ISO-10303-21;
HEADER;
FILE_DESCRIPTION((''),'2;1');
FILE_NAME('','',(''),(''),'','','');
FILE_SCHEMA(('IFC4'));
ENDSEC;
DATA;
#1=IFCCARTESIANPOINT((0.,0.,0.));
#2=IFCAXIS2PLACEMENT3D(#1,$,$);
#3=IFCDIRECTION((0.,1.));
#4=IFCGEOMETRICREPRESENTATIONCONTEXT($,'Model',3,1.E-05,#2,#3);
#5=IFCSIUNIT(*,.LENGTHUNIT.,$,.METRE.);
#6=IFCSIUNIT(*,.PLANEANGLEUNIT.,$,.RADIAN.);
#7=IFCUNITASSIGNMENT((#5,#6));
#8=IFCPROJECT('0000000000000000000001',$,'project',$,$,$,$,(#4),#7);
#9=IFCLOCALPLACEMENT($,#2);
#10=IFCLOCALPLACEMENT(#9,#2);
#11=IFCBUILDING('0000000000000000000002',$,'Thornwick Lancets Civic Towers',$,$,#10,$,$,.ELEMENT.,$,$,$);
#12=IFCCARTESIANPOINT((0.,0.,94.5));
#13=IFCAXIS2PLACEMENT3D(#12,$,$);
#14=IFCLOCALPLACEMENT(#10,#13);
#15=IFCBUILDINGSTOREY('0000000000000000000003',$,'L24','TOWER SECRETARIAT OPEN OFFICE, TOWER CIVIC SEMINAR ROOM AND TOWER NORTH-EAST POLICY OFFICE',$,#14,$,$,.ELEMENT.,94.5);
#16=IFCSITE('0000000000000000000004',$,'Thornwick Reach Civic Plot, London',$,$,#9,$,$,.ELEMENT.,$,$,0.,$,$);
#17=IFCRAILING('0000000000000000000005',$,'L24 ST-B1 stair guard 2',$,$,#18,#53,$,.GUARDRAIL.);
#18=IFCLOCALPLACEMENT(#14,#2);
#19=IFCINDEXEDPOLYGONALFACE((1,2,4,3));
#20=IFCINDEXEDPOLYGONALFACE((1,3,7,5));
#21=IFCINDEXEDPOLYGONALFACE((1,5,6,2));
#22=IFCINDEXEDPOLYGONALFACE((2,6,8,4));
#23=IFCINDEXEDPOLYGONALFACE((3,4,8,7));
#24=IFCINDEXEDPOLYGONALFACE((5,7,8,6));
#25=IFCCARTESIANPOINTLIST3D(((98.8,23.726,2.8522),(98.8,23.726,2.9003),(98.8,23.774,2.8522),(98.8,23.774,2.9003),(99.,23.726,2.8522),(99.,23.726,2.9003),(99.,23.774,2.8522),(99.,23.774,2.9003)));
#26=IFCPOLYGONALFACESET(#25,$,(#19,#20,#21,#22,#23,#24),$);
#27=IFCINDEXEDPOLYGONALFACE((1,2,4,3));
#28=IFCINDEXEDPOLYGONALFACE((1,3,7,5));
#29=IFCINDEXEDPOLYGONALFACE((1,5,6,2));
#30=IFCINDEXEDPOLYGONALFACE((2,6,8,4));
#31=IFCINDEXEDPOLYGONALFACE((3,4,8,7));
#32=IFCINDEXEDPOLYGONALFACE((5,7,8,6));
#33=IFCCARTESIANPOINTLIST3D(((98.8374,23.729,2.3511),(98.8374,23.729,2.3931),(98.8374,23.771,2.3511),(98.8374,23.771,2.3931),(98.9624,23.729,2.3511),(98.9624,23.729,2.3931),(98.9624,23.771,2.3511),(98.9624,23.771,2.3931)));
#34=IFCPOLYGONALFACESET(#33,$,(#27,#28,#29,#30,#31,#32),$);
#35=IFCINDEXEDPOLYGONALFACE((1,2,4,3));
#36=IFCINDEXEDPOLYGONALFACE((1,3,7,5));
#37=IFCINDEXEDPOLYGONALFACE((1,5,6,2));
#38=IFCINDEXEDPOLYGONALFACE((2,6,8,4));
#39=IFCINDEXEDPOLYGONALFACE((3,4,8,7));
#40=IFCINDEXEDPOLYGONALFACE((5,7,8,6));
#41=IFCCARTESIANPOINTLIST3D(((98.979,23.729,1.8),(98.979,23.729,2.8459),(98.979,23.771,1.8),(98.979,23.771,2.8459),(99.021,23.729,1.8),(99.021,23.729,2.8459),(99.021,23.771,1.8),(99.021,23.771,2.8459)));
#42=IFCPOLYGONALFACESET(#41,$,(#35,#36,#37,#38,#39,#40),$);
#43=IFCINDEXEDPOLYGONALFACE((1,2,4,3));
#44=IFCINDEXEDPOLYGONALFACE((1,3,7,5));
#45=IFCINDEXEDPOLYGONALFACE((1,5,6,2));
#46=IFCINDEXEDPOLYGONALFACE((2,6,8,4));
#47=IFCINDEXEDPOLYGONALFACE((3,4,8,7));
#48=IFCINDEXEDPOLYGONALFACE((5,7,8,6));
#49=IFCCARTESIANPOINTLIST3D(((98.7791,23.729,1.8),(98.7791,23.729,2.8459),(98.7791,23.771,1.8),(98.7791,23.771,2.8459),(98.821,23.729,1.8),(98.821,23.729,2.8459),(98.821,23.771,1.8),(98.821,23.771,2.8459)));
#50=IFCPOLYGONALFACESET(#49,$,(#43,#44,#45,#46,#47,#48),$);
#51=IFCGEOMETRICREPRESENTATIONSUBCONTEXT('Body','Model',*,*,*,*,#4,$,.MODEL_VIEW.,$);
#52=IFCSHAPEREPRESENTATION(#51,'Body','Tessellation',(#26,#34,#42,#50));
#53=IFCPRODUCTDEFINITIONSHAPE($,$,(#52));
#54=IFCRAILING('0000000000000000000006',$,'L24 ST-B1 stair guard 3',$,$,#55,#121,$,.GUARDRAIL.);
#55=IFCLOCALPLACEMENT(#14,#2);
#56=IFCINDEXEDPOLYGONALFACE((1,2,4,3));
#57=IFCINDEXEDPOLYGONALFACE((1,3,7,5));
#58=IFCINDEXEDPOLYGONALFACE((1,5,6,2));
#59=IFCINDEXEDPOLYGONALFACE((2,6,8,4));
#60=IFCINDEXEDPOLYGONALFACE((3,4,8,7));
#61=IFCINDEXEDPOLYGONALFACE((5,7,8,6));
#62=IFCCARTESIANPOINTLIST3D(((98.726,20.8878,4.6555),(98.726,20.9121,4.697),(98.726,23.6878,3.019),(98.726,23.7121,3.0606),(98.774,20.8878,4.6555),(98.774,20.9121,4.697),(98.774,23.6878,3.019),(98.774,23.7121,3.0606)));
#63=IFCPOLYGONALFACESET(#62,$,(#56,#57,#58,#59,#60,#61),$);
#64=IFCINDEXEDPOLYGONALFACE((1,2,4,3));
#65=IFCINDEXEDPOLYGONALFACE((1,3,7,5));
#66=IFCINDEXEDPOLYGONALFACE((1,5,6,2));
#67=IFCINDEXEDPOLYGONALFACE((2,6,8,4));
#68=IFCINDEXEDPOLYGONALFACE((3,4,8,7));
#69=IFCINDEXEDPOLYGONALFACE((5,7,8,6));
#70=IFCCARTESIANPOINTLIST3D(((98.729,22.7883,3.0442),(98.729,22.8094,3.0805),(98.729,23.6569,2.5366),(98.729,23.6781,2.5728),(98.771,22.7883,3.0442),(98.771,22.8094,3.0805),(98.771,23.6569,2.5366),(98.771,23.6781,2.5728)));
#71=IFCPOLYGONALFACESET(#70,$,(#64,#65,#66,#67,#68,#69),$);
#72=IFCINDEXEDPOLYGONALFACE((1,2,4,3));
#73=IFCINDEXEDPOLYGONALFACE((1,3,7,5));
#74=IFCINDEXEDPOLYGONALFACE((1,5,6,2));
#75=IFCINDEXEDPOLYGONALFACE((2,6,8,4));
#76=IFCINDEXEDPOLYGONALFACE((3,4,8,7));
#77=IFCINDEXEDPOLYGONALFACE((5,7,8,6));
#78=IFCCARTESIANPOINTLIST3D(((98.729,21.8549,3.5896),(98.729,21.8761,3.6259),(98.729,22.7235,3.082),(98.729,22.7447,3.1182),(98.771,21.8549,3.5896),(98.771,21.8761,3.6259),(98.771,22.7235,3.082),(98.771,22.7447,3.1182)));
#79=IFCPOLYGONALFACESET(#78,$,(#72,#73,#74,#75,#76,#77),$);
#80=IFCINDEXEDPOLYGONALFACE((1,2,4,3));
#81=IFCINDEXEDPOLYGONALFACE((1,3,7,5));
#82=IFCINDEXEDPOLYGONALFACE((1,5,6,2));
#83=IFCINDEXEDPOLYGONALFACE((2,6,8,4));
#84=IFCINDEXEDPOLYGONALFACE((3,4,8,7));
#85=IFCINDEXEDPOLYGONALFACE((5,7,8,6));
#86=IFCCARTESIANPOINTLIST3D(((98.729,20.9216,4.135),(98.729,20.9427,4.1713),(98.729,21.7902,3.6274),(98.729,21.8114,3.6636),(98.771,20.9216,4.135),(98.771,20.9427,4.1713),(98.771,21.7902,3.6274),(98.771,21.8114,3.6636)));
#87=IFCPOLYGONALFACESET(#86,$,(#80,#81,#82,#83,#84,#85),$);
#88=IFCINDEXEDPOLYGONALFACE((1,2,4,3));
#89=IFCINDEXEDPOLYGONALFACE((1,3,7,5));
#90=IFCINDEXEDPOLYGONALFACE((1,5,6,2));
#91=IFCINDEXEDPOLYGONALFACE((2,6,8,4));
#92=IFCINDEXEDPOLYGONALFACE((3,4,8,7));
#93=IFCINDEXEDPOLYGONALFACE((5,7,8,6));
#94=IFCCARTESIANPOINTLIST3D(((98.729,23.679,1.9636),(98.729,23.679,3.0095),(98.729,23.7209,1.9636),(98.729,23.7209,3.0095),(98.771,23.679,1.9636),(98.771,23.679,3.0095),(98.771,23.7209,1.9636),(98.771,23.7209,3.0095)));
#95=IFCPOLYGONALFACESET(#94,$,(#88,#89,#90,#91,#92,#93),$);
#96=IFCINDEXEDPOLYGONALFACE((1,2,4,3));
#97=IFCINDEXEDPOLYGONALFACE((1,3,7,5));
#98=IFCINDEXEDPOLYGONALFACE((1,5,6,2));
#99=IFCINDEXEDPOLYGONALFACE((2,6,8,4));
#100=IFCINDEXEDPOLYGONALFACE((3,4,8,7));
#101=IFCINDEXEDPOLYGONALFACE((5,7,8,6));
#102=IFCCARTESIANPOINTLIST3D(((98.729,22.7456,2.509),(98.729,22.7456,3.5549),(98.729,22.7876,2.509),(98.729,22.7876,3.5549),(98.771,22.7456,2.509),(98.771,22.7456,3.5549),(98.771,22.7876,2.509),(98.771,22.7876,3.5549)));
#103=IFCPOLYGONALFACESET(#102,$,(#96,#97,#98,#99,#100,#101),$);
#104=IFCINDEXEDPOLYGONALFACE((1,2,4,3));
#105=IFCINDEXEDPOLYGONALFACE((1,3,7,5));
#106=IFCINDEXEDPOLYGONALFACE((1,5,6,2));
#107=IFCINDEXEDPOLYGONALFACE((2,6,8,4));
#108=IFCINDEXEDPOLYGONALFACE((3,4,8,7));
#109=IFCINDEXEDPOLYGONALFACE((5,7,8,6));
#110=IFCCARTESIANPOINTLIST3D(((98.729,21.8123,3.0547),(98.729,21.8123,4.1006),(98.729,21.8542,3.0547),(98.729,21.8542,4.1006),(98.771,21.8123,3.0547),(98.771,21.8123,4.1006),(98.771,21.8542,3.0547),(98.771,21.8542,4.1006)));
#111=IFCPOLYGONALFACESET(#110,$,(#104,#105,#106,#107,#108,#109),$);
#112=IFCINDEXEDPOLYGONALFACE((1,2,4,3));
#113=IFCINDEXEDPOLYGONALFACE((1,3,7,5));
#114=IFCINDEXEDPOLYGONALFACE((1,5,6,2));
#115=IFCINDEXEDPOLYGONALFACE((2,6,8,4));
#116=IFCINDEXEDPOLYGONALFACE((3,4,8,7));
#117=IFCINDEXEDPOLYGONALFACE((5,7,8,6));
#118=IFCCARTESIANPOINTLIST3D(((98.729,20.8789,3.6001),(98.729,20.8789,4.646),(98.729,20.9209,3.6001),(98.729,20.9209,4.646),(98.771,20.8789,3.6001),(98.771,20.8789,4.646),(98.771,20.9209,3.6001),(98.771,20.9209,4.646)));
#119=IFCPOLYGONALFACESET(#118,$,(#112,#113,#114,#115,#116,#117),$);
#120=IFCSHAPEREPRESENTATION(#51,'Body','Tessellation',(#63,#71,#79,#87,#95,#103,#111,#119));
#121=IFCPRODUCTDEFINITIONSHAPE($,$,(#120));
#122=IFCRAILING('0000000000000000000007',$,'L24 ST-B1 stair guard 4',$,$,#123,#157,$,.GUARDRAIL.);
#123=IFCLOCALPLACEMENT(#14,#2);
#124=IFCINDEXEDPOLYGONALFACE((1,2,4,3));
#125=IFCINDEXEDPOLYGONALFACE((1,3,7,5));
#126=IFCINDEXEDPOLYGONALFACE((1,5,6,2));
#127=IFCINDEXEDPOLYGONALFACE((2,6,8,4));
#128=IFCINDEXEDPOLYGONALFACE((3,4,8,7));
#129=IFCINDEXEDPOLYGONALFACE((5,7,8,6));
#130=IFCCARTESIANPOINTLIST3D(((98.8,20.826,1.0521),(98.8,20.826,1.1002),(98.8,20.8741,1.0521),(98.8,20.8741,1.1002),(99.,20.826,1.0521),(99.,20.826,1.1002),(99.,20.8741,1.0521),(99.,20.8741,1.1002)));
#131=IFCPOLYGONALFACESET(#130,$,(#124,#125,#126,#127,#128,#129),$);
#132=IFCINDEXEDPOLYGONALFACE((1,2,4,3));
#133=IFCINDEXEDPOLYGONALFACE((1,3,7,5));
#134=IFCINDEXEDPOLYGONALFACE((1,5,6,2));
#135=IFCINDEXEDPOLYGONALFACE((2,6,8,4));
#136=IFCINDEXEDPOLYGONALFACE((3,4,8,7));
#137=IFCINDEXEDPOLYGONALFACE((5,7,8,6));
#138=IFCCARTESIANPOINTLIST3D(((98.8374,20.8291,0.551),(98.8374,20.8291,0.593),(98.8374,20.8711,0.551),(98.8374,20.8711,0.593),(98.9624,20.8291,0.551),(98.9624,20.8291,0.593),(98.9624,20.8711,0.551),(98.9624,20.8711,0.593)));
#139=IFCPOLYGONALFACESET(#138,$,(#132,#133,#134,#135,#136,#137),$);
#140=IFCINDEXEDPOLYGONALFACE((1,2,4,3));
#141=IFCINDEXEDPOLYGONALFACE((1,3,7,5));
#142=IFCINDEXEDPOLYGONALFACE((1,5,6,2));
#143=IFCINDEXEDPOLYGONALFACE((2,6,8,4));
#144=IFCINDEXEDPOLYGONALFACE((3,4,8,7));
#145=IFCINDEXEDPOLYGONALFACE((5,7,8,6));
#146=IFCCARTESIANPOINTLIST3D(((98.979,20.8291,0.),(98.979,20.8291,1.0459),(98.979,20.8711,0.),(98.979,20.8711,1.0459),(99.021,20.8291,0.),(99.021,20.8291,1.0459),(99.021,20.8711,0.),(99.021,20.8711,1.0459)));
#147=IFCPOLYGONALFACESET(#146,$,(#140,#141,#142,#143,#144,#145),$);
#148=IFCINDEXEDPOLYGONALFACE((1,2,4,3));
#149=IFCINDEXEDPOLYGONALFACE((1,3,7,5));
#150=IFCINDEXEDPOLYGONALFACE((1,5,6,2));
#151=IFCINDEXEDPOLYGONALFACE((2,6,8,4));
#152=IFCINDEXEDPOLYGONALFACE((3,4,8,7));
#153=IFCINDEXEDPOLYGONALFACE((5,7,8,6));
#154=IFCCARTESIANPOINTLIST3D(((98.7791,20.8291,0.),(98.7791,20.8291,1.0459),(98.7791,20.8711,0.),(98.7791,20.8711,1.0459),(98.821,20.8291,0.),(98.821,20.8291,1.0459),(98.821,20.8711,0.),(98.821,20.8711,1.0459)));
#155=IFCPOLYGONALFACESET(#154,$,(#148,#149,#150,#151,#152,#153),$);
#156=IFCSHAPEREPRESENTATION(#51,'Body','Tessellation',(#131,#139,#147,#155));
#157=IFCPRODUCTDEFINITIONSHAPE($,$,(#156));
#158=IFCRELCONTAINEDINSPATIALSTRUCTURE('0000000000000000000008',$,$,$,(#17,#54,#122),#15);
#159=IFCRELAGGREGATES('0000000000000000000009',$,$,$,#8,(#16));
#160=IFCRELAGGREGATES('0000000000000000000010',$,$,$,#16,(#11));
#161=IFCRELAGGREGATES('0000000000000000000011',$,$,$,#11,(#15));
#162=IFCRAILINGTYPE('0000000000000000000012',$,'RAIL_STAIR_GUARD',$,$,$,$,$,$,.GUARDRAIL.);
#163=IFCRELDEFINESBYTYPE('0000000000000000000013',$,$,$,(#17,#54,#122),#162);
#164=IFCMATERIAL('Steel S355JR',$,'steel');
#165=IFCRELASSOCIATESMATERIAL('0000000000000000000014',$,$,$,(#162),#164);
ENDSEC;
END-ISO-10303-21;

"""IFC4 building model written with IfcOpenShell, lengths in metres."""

from ifc_helpers import new_model, si_unit, direction, frame, origin, origin_2d, place, context, subcontext, project, spatial, rectangle, extrude, material, type_object, element, save


model = new_model("IFC4")

# Units and contexts
model_context = context("Model", 3, precision=1e-05, world=origin(), true_north=direction((0.0, 1.0)))
body_context = subcontext(model_context, "Body", "Model", "MODEL_VIEW")
ifc_project = project(units=[si_unit("LENGTHUNIT", "METRE"), si_unit("PLANEANGLEUNIT", "RADIAN")], contexts=[model_context])

# Site, building, storey
site_placement = place(None, origin())
site = spatial("IfcSite", under=ifc_project, at=site_placement, Name="Thornwick Reach Civic Plot, London", CompositionType="ELEMENT", RefElevation=0.0)
building_placement = place(site_placement, origin())
building = spatial("IfcBuilding", under=site, at=building_placement, Name="Thornwick Lancets Civic Towers", CompositionType="ELEMENT")
storey_placement = place(building_placement, frame((0.0, 0.0, 94.5)))
storey = spatial("IfcBuildingStorey", under=building, at=storey_placement, Name="L24", Description="TOWER SECRETARIAT OPEN OFFICE, TOWER CIVIC SEMINAR ROOM AND TOWER NORTH-EAST POLICY OFFICE", CompositionType="ELEMENT", Elevation=94.5)

# Railings
ifc_material_1 = material(Name="Steel S355JR", Category="steel")
railing_type_1 = type_object("IfcRailingType", Name="RAIL_STAIR_GUARD", PredefinedType="GUARDRAIL", material=ifc_material_1)
railing_1_placement = place(storey_placement, frame((99.0, 23.75, 1.8)))
element("IfcRailing", 1, at=railing_1_placement, inside=storey, type_object=railing_type_1, Name="L24 ST-B1 stair guard 2", PredefinedType="GUARDRAIL", context=body_context, shape_type="SweptSolid", body=[
    extrude(rectangle(XDim=0.0481, YDim=0.0481, at=origin_2d()), frame((0.0, 0.0, 1.0762), z_axis=(-1.0, 0.0, 0.0), x_axis=(0.0, -1.0, 0.0)), (0.0, 0.0, 1.0), 0.2),
    extrude(rectangle(XDim=0.042, YDim=0.042, at=origin_2d()), frame((-0.0376, 0.0, 0.572), z_axis=(-1.0, 0.0, 0.0), x_axis=(0.0, -1.0, 0.0)), (0.0, 0.0, 1.0), 0.125),
    extrude(rectangle(XDim=0.042, YDim=0.042, at=origin_2d()), origin(), (0.0, 0.0, 1.0), 1.0459),
    extrude(rectangle(XDim=0.042, YDim=0.042, at=origin_2d()), frame((-0.2, 0.0, 0.0)), (0.0, 0.0, 1.0), 1.0459),
])
railing_2_placement = place(storey_placement, frame((98.75, 23.7, 1.9636)))
element("IfcRailing", 2, at=railing_2_placement, inside=storey, type_object=railing_type_1, Name="L24 ST-B1 stair guard 3", PredefinedType="GUARDRAIL", context=body_context, shape_type="SweptSolid", body=[
    extrude(rectangle(XDim=0.0481, YDim=0.0481, at=origin_2d()), frame((0.0, 0.0, 1.0762), z_axis=(0.0, -0.863361, 0.504587), x_axis=(1.0, 0.0, 0.0)), (0.0, 0.0, 1.0), 3.2432),
    extrude(rectangle(XDim=0.042, YDim=0.042, at=origin_2d()), frame((0.0, -0.0325, 0.5911), z_axis=(0.0, -0.863361, 0.504587), x_axis=(1.0, 0.0, 0.0)), (0.0, 0.0, 1.0), 1.0061),
    extrude(rectangle(XDim=0.042, YDim=0.042, at=origin_2d()), frame((0.0, -0.9658, 1.1365), z_axis=(0.0, -0.863361, 0.504587), x_axis=(1.0, 0.0, 0.0)), (0.0, 0.0, 1.0), 1.0061),
    extrude(rectangle(XDim=0.042, YDim=0.042, at=origin_2d()), frame((0.0, -1.8992, 1.6819), z_axis=(0.0, -0.863361, 0.504587), x_axis=(1.0, 0.0, 0.0)), (0.0, 0.0, 1.0), 1.0061),
    extrude(rectangle(XDim=0.042, YDim=0.042, at=origin_2d()), origin(), (0.0, 0.0, 1.0), 1.0459),
    extrude(rectangle(XDim=0.042, YDim=0.042, at=origin_2d()), frame((0.0, -0.9333, 0.5454)), (0.0, 0.0, 1.0), 1.0459),
    extrude(rectangle(XDim=0.042, YDim=0.042, at=origin_2d()), frame((0.0, -1.8667, 1.0911)), (0.0, 0.0, 1.0), 1.0459),
    extrude(rectangle(XDim=0.042, YDim=0.042, at=origin_2d()), frame((0.0, -2.8, 1.6365)), (0.0, 0.0, 1.0), 1.0459),
])
railing_3_placement = place(storey_placement, frame((99.0, 20.8501, 0.0)))
element("IfcRailing", 3, at=railing_3_placement, inside=storey, type_object=railing_type_1, Name="L24 ST-B1 stair guard 4", PredefinedType="GUARDRAIL", context=body_context, shape_type="SweptSolid", body=[
    extrude(rectangle(XDim=0.0481, YDim=0.0481, at=origin_2d()), frame((0.0, 0.0, 1.0762), z_axis=(-1.0, 0.0, 0.0), x_axis=(0.0, -1.0, 0.0)), (0.0, 0.0, 1.0), 0.2),
    extrude(rectangle(XDim=0.042, YDim=0.042, at=origin_2d()), frame((-0.0376, 0.0, 0.572), z_axis=(-1.0, 0.0, 0.0), x_axis=(0.0, -1.0, 0.0)), (0.0, 0.0, 1.0), 0.125),
    extrude(rectangle(XDim=0.042, YDim=0.042, at=origin_2d()), origin(), (0.0, 0.0, 1.0), 1.0459),
    extrude(rectangle(XDim=0.042, YDim=0.042, at=origin_2d()), frame((-0.2, 0.0, 0.0)), (0.0, 0.0, 1.0), 1.0459),
])

save(model, "model.ifc")
